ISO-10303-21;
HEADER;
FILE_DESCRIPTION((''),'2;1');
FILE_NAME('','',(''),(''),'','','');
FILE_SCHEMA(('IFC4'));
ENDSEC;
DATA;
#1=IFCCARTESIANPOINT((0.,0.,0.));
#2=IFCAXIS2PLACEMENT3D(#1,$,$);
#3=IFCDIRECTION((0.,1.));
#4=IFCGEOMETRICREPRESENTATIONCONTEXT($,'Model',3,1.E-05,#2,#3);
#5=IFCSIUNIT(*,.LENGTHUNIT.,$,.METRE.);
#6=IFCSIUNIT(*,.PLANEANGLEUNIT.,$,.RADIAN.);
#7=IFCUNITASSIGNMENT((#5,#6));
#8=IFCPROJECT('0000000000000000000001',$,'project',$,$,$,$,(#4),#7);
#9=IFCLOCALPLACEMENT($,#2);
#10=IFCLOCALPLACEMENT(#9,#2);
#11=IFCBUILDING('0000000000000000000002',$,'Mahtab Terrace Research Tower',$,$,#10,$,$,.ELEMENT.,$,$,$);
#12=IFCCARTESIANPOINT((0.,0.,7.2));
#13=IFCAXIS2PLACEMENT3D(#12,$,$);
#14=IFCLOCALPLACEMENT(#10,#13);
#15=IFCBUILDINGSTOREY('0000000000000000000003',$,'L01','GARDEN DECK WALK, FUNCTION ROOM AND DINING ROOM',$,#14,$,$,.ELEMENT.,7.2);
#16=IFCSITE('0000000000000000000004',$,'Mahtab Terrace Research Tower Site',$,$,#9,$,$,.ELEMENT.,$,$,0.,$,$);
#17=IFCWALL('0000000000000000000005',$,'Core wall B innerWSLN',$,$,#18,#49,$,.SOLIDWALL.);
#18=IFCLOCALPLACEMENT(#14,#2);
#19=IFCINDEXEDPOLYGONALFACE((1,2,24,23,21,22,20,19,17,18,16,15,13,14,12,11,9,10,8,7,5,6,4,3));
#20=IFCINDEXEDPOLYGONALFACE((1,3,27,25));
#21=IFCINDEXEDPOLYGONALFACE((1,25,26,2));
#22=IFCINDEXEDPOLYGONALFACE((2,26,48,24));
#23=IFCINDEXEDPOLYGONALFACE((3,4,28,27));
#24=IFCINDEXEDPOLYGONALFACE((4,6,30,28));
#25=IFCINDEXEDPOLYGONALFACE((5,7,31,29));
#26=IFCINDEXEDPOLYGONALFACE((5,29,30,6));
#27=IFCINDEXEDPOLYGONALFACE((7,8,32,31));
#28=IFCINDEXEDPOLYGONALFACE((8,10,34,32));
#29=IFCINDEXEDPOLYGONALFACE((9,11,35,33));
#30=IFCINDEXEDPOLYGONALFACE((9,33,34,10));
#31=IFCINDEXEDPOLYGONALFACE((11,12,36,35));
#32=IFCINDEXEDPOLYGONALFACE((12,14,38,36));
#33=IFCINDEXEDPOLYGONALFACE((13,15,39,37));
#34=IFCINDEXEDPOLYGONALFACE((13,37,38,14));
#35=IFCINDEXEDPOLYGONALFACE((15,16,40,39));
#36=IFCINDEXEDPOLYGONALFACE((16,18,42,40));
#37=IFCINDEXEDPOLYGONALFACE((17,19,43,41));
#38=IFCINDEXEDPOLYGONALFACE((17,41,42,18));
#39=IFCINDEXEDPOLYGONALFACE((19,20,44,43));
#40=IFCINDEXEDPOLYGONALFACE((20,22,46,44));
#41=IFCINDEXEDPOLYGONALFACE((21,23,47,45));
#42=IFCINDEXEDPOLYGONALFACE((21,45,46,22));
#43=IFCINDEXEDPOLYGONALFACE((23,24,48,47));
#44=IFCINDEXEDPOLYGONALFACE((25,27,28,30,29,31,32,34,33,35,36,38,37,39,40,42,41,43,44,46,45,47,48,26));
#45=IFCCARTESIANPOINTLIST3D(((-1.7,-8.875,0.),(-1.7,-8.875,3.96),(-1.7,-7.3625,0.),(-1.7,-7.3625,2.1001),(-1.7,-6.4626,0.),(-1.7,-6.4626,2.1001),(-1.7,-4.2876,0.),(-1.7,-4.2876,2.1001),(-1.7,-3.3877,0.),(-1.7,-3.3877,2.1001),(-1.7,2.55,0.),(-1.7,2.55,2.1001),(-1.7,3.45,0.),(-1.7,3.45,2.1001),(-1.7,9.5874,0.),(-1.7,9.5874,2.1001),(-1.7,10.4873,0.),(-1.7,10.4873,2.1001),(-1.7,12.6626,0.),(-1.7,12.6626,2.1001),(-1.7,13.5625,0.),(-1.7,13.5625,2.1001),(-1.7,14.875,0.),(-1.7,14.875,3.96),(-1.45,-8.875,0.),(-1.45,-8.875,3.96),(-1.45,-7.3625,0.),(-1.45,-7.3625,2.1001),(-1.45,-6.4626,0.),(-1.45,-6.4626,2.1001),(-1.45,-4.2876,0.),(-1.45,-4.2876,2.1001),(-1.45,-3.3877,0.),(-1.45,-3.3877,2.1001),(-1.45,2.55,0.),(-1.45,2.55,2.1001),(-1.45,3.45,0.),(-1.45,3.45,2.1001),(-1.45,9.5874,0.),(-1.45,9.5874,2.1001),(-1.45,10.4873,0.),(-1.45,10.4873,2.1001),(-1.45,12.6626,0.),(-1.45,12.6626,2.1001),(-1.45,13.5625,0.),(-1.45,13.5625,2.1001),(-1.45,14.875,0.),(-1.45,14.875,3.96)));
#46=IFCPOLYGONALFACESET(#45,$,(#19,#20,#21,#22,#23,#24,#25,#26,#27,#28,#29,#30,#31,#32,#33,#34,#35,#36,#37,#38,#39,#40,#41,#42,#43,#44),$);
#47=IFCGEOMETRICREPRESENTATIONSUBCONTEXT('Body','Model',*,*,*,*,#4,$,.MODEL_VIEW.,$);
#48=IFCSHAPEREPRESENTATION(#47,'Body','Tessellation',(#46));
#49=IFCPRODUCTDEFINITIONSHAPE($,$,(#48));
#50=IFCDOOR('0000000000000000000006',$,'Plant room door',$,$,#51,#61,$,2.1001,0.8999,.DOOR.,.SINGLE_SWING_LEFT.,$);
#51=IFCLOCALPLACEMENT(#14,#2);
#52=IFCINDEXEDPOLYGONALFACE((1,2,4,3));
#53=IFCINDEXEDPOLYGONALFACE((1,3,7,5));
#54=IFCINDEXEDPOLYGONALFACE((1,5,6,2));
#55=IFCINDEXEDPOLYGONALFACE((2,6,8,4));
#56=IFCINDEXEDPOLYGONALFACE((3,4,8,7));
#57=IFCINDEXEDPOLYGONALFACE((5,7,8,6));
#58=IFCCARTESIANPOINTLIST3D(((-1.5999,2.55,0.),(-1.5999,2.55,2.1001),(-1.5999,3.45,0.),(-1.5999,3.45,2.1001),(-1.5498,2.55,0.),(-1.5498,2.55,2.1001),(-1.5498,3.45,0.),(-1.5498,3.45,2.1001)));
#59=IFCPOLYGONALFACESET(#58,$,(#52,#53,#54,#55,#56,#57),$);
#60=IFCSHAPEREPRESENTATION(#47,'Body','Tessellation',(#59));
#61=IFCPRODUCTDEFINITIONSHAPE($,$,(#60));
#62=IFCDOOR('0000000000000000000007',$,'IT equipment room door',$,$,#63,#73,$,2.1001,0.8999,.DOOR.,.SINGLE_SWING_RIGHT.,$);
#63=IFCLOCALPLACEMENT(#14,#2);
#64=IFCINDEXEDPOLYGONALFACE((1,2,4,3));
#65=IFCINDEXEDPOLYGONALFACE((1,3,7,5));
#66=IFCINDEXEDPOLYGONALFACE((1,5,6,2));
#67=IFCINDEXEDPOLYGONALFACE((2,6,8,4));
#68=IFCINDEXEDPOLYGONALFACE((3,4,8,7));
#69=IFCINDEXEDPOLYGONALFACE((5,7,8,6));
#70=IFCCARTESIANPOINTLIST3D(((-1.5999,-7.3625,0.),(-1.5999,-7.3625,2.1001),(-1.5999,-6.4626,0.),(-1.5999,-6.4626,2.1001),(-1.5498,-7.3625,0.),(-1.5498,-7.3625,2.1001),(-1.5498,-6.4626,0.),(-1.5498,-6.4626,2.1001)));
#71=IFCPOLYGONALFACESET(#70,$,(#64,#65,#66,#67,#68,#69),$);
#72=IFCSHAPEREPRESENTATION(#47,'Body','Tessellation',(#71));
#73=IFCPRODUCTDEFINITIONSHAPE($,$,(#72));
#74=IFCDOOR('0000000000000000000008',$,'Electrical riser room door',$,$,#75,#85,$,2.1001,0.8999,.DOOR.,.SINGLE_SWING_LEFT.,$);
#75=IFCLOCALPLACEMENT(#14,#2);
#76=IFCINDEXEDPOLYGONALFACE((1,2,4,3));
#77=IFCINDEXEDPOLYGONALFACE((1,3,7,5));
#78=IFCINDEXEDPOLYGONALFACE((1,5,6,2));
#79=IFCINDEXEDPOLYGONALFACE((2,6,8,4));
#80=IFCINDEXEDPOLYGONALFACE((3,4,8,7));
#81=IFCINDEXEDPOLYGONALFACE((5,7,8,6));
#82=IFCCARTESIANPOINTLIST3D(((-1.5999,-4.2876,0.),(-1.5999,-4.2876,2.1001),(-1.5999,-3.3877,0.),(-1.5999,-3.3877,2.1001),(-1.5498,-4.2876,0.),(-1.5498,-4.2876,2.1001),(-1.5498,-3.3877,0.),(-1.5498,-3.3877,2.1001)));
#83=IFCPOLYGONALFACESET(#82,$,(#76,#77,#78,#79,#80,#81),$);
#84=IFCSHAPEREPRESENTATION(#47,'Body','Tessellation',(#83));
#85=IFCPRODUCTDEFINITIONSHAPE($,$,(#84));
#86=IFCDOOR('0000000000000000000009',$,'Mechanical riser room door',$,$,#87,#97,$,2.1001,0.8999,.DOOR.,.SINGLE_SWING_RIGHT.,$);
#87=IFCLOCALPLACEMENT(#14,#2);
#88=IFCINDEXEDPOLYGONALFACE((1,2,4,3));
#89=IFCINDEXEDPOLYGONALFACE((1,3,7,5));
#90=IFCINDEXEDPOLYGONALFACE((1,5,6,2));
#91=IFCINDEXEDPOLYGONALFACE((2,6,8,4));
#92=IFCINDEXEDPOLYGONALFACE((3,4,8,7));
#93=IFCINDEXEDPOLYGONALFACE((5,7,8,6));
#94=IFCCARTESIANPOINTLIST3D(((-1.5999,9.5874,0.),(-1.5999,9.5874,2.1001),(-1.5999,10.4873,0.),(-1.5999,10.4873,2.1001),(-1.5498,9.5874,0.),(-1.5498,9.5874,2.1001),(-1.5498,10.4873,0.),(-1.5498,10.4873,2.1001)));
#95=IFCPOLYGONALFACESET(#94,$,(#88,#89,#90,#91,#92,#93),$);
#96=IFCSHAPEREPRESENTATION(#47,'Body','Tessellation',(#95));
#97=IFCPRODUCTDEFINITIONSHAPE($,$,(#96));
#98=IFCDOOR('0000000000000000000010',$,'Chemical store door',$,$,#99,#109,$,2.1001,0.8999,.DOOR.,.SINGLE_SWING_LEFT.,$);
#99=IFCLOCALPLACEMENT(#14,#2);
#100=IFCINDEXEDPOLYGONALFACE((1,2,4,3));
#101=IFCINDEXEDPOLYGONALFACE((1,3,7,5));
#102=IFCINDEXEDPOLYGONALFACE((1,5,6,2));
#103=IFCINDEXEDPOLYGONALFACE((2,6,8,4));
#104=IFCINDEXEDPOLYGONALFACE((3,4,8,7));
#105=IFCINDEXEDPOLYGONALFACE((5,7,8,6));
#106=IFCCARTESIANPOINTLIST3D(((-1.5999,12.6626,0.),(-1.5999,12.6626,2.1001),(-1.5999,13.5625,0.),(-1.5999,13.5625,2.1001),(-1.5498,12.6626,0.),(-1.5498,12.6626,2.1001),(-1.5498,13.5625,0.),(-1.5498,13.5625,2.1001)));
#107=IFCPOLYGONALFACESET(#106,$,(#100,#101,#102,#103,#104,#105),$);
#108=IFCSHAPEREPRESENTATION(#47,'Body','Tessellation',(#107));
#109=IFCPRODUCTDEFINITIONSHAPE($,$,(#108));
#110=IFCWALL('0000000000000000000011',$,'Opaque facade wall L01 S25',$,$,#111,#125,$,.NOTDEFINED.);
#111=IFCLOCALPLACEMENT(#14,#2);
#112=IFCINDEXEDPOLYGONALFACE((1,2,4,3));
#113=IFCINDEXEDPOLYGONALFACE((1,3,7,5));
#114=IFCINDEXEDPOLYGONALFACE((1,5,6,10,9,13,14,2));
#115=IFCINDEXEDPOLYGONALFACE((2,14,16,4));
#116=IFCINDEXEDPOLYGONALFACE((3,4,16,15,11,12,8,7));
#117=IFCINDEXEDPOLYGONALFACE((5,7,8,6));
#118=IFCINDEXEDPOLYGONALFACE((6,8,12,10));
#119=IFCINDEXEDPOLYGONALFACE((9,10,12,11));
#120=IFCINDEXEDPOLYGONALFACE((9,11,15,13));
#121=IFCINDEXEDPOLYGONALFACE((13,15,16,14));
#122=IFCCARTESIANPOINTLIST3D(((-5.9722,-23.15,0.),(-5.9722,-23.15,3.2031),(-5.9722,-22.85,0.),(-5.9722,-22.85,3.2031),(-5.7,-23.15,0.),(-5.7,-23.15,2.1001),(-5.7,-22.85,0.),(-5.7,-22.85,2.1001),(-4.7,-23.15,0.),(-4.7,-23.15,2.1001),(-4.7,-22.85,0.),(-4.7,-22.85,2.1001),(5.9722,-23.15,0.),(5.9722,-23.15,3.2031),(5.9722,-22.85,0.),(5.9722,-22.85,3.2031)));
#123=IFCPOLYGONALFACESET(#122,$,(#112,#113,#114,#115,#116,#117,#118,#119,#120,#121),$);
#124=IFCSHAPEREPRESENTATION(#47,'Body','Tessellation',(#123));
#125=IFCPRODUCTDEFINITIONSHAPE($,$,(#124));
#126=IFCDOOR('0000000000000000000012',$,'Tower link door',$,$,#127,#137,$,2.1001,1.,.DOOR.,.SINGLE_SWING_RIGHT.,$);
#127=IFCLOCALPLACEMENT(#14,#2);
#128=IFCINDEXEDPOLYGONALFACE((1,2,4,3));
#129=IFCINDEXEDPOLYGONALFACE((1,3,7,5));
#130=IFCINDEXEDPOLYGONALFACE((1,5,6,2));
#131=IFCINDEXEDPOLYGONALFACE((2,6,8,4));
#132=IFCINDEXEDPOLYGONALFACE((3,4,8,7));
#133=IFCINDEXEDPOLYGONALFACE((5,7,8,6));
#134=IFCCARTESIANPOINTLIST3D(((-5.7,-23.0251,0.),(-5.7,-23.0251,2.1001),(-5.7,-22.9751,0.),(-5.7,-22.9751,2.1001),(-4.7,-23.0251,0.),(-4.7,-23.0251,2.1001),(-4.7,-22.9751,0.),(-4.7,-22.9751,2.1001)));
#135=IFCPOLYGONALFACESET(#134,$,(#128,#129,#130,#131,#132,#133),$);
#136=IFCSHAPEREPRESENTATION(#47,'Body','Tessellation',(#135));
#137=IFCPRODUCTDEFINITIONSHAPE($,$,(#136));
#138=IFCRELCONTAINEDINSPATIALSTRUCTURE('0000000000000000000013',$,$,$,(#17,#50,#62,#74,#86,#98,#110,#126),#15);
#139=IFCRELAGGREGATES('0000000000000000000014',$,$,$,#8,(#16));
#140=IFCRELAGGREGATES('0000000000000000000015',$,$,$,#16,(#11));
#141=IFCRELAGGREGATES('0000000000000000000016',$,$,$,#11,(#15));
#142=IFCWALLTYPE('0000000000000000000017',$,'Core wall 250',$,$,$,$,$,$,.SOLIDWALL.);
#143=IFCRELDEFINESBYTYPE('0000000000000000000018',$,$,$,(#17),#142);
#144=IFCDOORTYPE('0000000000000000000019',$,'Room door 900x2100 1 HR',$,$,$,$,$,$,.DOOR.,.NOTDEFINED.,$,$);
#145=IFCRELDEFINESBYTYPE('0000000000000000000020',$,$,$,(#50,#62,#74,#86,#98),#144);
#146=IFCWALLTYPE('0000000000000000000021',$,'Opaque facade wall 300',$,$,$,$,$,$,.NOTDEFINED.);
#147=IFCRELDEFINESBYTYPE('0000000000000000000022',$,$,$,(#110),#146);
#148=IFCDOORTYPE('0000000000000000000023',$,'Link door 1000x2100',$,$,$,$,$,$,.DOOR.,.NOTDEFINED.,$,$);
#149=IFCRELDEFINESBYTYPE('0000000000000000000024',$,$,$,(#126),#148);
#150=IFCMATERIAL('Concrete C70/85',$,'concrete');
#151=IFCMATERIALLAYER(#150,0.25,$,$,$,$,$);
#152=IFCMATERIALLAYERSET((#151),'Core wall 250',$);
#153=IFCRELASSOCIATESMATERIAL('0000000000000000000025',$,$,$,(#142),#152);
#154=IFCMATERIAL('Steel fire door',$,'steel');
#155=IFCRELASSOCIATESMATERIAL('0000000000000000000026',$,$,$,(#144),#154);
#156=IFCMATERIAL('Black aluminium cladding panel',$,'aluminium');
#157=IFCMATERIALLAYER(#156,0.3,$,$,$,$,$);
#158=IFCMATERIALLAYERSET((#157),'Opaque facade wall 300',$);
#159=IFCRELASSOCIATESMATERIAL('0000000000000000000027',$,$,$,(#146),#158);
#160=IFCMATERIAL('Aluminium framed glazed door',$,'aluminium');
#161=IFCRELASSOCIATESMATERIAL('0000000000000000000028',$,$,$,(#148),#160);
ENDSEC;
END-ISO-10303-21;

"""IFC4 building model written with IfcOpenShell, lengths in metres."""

from ifc_helpers import new_model, si_unit, direction, frame, frame_2d, origin, place, context, subcontext, project, spatial, rectangle, extrude, material, layer, layer_set, type_object, element, fill, save


model = new_model("IFC4")

# Units and contexts
model_context = context("Model", 3, precision=1e-05, world=origin(), true_north=direction((0.0, 1.0)))
body_context = subcontext(model_context, "Body", "Model", "MODEL_VIEW")
ifc_project = project(units=[si_unit("LENGTHUNIT", "METRE"), si_unit("PLANEANGLEUNIT", "RADIAN")], contexts=[model_context])

# Site, building, storey
site_placement = place(None, origin())
site = spatial("IfcSite", under=ifc_project, at=site_placement, Name="Mahtab Terrace Research Tower Site", CompositionType="ELEMENT", RefElevation=0.0)
building_placement = place(site_placement, origin())
building = spatial("IfcBuilding", under=site, at=building_placement, Name="Mahtab Terrace Research Tower", CompositionType="ELEMENT")
storey_placement = place(building_placement, frame((0.0, 0.0, 7.2)))
storey = spatial("IfcBuildingStorey", under=building, at=storey_placement, Name="L01", Description="GARDEN DECK WALK, FUNCTION ROOM AND DINING ROOM", CompositionType="ELEMENT", Elevation=7.2)

# Shared definitions
ifc_material_1 = material(Name="Concrete C70/85", Category="concrete")

# Wall, openings, doors
ifc_layer_1 = layer(ifc_material_1, 0.25)
ifc_layer_set_1 = layer_set([ifc_layer_1], Name="Core wall 250")
wall_type_1 = type_object("IfcWallType", Name="Core wall 250", PredefinedType="SOLIDWALL", material=ifc_layer_set_1)
wall_1_placement = place(storey_placement, frame((-1.575, -8.875, 0.0), z_axis=(0.0, 0.0, 1.0), x_axis=(0.0, 1.0, 0.0)))
wall_1 = element("IfcWall", 1, at=wall_1_placement, inside=storey, type_object=wall_type_1, Name="Core wall B innerWSLN", PredefinedType="SOLIDWALL", context=body_context, shape_type="SweptSolid", body=[
    extrude(rectangle(XDim=23.75, YDim=0.25, at=frame_2d((11.875, 0.0))), origin(), (0.0, 0.0, 1.0), 3.96),
])
opening_1_placement = place(wall_1_placement, frame((11.425, 0.0, 0.0)))
opening_1 = element("IfcOpeningElement", 2, at=opening_1_placement, cuts=wall_1, PredefinedType="OPENING", context=body_context, shape_type="SweptSolid", body=[
    extrude(rectangle(XDim=0.8999, YDim=2.1001, at=frame_2d((0.45, 1.05))), frame((0.0, 0.135, 0.0), z_axis=(0.0, -1.0, 0.0), x_axis=(1.0, 0.0, 0.0)), (0.0, 0.0, 1.0), 0.27),
])
opening_2_placement = place(wall_1_placement, frame((1.5125, 0.0, 0.0)))
opening_2 = element("IfcOpeningElement", 3, at=opening_2_placement, cuts=wall_1, PredefinedType="OPENING", context=body_context, shape_type="SweptSolid", body=[
    extrude(rectangle(XDim=0.8999, YDim=2.1001, at=frame_2d((0.45, 1.05))), frame((0.0, 0.135, 0.0), z_axis=(0.0, -1.0, 0.0), x_axis=(1.0, 0.0, 0.0)), (0.0, 0.0, 1.0), 0.27),
])
opening_3_placement = place(wall_1_placement, frame((4.5874, 0.0, 0.0)))
opening_3 = element("IfcOpeningElement", 4, at=opening_3_placement, cuts=wall_1, PredefinedType="OPENING", context=body_context, shape_type="SweptSolid", body=[
    extrude(rectangle(XDim=0.8999, YDim=2.1001, at=frame_2d((0.45, 1.05))), frame((0.0, 0.135, 0.0), z_axis=(0.0, -1.0, 0.0), x_axis=(1.0, 0.0, 0.0)), (0.0, 0.0, 1.0), 0.27),
])
opening_4_placement = place(wall_1_placement, frame((18.4624, 0.0, 0.0)))
opening_4 = element("IfcOpeningElement", 5, at=opening_4_placement, cuts=wall_1, PredefinedType="OPENING", context=body_context, shape_type="SweptSolid", body=[
    extrude(rectangle(XDim=0.8999, YDim=2.1001, at=frame_2d((0.45, 1.05))), frame((0.0, 0.135, 0.0), z_axis=(0.0, -1.0, 0.0), x_axis=(1.0, 0.0, 0.0)), (0.0, 0.0, 1.0), 0.27),
])
opening_5_placement = place(wall_1_placement, frame((21.5376, 0.0, 0.0)))
opening_5 = element("IfcOpeningElement", 6, at=opening_5_placement, cuts=wall_1, PredefinedType="OPENING", context=body_context, shape_type="SweptSolid", body=[
    extrude(rectangle(XDim=0.8999, YDim=2.1001, at=frame_2d((0.45, 1.05))), frame((0.0, 0.135, 0.0), z_axis=(0.0, -1.0, 0.0), x_axis=(1.0, 0.0, 0.0)), (0.0, 0.0, 1.0), 0.27),
])
ifc_material_2 = material(Name="Steel fire door", Category="steel")
door_type_1 = type_object("IfcDoorType", Name="Room door 900x2100 1 HR", OperationType="NOTDEFINED", PredefinedType="DOOR", material=ifc_material_2)
door_1_placement = place(opening_1_placement, origin())
door_1 = element("IfcDoor", 7, at=door_1_placement, inside=storey, type_object=door_type_1, Name="Plant room door", OperationType="SINGLE_SWING_LEFT", OverallHeight=2.1001, OverallWidth=0.8999, PredefinedType="DOOR", context=body_context, shape_type="SweptSolid", body=[
    extrude(rectangle(XDim=0.8999, YDim=2.1001, at=frame_2d((0.45, 1.05))), frame((0.0, 0.0249, 0.0), z_axis=(0.0, -1.0, 0.0), x_axis=(1.0, 0.0, 0.0)), (0.0, 0.0, 1.0), 0.05),
])
fill(opening_1, door_1)
door_2_placement = place(opening_2_placement, origin())
door_2 = element("IfcDoor", 8, at=door_2_placement, inside=storey, type_object=door_type_1, Name="IT equipment room door", OperationType="SINGLE_SWING_RIGHT", OverallHeight=2.1001, OverallWidth=0.8999, PredefinedType="DOOR", context=body_context, shape_type="SweptSolid", body=[
    extrude(rectangle(XDim=0.8999, YDim=2.1001, at=frame_2d((0.45, 1.05))), frame((0.0, 0.0249, 0.0), z_axis=(0.0, -1.0, 0.0), x_axis=(1.0, 0.0, 0.0)), (0.0, 0.0, 1.0), 0.05),
])
fill(opening_2, door_2)
door_3_placement = place(opening_3_placement, origin())
door_3 = element("IfcDoor", 9, at=door_3_placement, inside=storey, type_object=door_type_1, Name="Electrical riser room door", OperationType="SINGLE_SWING_LEFT", OverallHeight=2.1001, OverallWidth=0.8999, PredefinedType="DOOR", context=body_context, shape_type="SweptSolid", body=[
    extrude(rectangle(XDim=0.8999, YDim=2.1001, at=frame_2d((0.45, 1.05))), frame((0.0, 0.0249, 0.0), z_axis=(0.0, -1.0, 0.0), x_axis=(1.0, 0.0, 0.0)), (0.0, 0.0, 1.0), 0.05),
])
fill(opening_3, door_3)
door_4_placement = place(opening_4_placement, origin())
door_4 = element("IfcDoor", 10, at=door_4_placement, inside=storey, type_object=door_type_1, Name="Mechanical riser room door", OperationType="SINGLE_SWING_RIGHT", OverallHeight=2.1001, OverallWidth=0.8999, PredefinedType="DOOR", context=body_context, shape_type="SweptSolid", body=[
    extrude(rectangle(XDim=0.8999, YDim=2.1001, at=frame_2d((0.45, 1.05))), frame((0.0, 0.0249, 0.0), z_axis=(0.0, -1.0, 0.0), x_axis=(1.0, 0.0, 0.0)), (0.0, 0.0, 1.0), 0.05),
])
fill(opening_4, door_4)
door_5_placement = place(opening_5_placement, origin())
door_5 = element("IfcDoor", 11, at=door_5_placement, inside=storey, type_object=door_type_1, Name="Chemical store door", OperationType="SINGLE_SWING_LEFT", OverallHeight=2.1001, OverallWidth=0.8999, PredefinedType="DOOR", context=body_context, shape_type="SweptSolid", body=[
    extrude(rectangle(XDim=0.8999, YDim=2.1001, at=frame_2d((0.45, 1.05))), frame((0.0, 0.0249, 0.0), z_axis=(0.0, -1.0, 0.0), x_axis=(1.0, 0.0, 0.0)), (0.0, 0.0, 1.0), 0.05),
])
fill(opening_5, door_5)

# Wall, opening, door
ifc_material_3 = material(Name="Black aluminium cladding panel", Category="aluminium")
ifc_layer_2 = layer(ifc_material_3, 0.3)
ifc_layer_set_2 = layer_set([ifc_layer_2], Name="Opaque facade wall 300")
wall_type_2 = type_object("IfcWallType", Name="Opaque facade wall 300", PredefinedType="NOTDEFINED", material=ifc_layer_set_2)
wall_2_placement = place(storey_placement, frame((-5.9722, -23.0, 0.0), z_axis=(0.0, 0.0, 1.0), x_axis=(1.0, 0.0, 0.0)))
wall_2 = element("IfcWall", 12, at=wall_2_placement, inside=storey, type_object=wall_type_2, Name="Opaque facade wall L01 S25", PredefinedType="NOTDEFINED", context=body_context, shape_type="SweptSolid", body=[
    extrude(rectangle(XDim=11.9443, YDim=0.3, at=frame_2d((5.9722, 0.0))), origin(), (0.0, 0.0, 1.0), 3.2031),
])
opening_6_placement = place(wall_2_placement, frame((0.2722, 0.0, 0.0)))
opening_6 = element("IfcOpeningElement", 13, at=opening_6_placement, cuts=wall_2, PredefinedType="OPENING", context=body_context, shape_type="SweptSolid", body=[
    extrude(rectangle(XDim=1.0, YDim=2.1001, at=frame_2d((0.5, 1.05))), frame((0.0, 0.1599, 0.0), z_axis=(0.0, -1.0, 0.0), x_axis=(1.0, 0.0, 0.0)), (0.0, 0.0, 1.0), 0.3201),
])
ifc_material_4 = material(Name="Aluminium framed glazed door", Category="aluminium")
door_type_2 = type_object("IfcDoorType", Name="Link door 1000x2100", OperationType="NOTDEFINED", PredefinedType="DOOR", material=ifc_material_4)
door_6_placement = place(opening_6_placement, origin())
door_6 = element("IfcDoor", 14, at=door_6_placement, inside=storey, type_object=door_type_2, Name="Tower link door", OperationType="SINGLE_SWING_RIGHT", OverallHeight=2.1001, OverallWidth=1.0, PredefinedType="DOOR", context=body_context, shape_type="SweptSolid", body=[
    extrude(rectangle(XDim=1.0, YDim=2.1001, at=frame_2d((0.5, 1.05))), frame((0.0, 0.0249, 0.0), z_axis=(0.0, -1.0, 0.0), x_axis=(1.0, 0.0, 0.0)), (0.0, 0.0, 1.0), 0.05),
])
fill(opening_6, door_6)

save(model, "model.ifc")
